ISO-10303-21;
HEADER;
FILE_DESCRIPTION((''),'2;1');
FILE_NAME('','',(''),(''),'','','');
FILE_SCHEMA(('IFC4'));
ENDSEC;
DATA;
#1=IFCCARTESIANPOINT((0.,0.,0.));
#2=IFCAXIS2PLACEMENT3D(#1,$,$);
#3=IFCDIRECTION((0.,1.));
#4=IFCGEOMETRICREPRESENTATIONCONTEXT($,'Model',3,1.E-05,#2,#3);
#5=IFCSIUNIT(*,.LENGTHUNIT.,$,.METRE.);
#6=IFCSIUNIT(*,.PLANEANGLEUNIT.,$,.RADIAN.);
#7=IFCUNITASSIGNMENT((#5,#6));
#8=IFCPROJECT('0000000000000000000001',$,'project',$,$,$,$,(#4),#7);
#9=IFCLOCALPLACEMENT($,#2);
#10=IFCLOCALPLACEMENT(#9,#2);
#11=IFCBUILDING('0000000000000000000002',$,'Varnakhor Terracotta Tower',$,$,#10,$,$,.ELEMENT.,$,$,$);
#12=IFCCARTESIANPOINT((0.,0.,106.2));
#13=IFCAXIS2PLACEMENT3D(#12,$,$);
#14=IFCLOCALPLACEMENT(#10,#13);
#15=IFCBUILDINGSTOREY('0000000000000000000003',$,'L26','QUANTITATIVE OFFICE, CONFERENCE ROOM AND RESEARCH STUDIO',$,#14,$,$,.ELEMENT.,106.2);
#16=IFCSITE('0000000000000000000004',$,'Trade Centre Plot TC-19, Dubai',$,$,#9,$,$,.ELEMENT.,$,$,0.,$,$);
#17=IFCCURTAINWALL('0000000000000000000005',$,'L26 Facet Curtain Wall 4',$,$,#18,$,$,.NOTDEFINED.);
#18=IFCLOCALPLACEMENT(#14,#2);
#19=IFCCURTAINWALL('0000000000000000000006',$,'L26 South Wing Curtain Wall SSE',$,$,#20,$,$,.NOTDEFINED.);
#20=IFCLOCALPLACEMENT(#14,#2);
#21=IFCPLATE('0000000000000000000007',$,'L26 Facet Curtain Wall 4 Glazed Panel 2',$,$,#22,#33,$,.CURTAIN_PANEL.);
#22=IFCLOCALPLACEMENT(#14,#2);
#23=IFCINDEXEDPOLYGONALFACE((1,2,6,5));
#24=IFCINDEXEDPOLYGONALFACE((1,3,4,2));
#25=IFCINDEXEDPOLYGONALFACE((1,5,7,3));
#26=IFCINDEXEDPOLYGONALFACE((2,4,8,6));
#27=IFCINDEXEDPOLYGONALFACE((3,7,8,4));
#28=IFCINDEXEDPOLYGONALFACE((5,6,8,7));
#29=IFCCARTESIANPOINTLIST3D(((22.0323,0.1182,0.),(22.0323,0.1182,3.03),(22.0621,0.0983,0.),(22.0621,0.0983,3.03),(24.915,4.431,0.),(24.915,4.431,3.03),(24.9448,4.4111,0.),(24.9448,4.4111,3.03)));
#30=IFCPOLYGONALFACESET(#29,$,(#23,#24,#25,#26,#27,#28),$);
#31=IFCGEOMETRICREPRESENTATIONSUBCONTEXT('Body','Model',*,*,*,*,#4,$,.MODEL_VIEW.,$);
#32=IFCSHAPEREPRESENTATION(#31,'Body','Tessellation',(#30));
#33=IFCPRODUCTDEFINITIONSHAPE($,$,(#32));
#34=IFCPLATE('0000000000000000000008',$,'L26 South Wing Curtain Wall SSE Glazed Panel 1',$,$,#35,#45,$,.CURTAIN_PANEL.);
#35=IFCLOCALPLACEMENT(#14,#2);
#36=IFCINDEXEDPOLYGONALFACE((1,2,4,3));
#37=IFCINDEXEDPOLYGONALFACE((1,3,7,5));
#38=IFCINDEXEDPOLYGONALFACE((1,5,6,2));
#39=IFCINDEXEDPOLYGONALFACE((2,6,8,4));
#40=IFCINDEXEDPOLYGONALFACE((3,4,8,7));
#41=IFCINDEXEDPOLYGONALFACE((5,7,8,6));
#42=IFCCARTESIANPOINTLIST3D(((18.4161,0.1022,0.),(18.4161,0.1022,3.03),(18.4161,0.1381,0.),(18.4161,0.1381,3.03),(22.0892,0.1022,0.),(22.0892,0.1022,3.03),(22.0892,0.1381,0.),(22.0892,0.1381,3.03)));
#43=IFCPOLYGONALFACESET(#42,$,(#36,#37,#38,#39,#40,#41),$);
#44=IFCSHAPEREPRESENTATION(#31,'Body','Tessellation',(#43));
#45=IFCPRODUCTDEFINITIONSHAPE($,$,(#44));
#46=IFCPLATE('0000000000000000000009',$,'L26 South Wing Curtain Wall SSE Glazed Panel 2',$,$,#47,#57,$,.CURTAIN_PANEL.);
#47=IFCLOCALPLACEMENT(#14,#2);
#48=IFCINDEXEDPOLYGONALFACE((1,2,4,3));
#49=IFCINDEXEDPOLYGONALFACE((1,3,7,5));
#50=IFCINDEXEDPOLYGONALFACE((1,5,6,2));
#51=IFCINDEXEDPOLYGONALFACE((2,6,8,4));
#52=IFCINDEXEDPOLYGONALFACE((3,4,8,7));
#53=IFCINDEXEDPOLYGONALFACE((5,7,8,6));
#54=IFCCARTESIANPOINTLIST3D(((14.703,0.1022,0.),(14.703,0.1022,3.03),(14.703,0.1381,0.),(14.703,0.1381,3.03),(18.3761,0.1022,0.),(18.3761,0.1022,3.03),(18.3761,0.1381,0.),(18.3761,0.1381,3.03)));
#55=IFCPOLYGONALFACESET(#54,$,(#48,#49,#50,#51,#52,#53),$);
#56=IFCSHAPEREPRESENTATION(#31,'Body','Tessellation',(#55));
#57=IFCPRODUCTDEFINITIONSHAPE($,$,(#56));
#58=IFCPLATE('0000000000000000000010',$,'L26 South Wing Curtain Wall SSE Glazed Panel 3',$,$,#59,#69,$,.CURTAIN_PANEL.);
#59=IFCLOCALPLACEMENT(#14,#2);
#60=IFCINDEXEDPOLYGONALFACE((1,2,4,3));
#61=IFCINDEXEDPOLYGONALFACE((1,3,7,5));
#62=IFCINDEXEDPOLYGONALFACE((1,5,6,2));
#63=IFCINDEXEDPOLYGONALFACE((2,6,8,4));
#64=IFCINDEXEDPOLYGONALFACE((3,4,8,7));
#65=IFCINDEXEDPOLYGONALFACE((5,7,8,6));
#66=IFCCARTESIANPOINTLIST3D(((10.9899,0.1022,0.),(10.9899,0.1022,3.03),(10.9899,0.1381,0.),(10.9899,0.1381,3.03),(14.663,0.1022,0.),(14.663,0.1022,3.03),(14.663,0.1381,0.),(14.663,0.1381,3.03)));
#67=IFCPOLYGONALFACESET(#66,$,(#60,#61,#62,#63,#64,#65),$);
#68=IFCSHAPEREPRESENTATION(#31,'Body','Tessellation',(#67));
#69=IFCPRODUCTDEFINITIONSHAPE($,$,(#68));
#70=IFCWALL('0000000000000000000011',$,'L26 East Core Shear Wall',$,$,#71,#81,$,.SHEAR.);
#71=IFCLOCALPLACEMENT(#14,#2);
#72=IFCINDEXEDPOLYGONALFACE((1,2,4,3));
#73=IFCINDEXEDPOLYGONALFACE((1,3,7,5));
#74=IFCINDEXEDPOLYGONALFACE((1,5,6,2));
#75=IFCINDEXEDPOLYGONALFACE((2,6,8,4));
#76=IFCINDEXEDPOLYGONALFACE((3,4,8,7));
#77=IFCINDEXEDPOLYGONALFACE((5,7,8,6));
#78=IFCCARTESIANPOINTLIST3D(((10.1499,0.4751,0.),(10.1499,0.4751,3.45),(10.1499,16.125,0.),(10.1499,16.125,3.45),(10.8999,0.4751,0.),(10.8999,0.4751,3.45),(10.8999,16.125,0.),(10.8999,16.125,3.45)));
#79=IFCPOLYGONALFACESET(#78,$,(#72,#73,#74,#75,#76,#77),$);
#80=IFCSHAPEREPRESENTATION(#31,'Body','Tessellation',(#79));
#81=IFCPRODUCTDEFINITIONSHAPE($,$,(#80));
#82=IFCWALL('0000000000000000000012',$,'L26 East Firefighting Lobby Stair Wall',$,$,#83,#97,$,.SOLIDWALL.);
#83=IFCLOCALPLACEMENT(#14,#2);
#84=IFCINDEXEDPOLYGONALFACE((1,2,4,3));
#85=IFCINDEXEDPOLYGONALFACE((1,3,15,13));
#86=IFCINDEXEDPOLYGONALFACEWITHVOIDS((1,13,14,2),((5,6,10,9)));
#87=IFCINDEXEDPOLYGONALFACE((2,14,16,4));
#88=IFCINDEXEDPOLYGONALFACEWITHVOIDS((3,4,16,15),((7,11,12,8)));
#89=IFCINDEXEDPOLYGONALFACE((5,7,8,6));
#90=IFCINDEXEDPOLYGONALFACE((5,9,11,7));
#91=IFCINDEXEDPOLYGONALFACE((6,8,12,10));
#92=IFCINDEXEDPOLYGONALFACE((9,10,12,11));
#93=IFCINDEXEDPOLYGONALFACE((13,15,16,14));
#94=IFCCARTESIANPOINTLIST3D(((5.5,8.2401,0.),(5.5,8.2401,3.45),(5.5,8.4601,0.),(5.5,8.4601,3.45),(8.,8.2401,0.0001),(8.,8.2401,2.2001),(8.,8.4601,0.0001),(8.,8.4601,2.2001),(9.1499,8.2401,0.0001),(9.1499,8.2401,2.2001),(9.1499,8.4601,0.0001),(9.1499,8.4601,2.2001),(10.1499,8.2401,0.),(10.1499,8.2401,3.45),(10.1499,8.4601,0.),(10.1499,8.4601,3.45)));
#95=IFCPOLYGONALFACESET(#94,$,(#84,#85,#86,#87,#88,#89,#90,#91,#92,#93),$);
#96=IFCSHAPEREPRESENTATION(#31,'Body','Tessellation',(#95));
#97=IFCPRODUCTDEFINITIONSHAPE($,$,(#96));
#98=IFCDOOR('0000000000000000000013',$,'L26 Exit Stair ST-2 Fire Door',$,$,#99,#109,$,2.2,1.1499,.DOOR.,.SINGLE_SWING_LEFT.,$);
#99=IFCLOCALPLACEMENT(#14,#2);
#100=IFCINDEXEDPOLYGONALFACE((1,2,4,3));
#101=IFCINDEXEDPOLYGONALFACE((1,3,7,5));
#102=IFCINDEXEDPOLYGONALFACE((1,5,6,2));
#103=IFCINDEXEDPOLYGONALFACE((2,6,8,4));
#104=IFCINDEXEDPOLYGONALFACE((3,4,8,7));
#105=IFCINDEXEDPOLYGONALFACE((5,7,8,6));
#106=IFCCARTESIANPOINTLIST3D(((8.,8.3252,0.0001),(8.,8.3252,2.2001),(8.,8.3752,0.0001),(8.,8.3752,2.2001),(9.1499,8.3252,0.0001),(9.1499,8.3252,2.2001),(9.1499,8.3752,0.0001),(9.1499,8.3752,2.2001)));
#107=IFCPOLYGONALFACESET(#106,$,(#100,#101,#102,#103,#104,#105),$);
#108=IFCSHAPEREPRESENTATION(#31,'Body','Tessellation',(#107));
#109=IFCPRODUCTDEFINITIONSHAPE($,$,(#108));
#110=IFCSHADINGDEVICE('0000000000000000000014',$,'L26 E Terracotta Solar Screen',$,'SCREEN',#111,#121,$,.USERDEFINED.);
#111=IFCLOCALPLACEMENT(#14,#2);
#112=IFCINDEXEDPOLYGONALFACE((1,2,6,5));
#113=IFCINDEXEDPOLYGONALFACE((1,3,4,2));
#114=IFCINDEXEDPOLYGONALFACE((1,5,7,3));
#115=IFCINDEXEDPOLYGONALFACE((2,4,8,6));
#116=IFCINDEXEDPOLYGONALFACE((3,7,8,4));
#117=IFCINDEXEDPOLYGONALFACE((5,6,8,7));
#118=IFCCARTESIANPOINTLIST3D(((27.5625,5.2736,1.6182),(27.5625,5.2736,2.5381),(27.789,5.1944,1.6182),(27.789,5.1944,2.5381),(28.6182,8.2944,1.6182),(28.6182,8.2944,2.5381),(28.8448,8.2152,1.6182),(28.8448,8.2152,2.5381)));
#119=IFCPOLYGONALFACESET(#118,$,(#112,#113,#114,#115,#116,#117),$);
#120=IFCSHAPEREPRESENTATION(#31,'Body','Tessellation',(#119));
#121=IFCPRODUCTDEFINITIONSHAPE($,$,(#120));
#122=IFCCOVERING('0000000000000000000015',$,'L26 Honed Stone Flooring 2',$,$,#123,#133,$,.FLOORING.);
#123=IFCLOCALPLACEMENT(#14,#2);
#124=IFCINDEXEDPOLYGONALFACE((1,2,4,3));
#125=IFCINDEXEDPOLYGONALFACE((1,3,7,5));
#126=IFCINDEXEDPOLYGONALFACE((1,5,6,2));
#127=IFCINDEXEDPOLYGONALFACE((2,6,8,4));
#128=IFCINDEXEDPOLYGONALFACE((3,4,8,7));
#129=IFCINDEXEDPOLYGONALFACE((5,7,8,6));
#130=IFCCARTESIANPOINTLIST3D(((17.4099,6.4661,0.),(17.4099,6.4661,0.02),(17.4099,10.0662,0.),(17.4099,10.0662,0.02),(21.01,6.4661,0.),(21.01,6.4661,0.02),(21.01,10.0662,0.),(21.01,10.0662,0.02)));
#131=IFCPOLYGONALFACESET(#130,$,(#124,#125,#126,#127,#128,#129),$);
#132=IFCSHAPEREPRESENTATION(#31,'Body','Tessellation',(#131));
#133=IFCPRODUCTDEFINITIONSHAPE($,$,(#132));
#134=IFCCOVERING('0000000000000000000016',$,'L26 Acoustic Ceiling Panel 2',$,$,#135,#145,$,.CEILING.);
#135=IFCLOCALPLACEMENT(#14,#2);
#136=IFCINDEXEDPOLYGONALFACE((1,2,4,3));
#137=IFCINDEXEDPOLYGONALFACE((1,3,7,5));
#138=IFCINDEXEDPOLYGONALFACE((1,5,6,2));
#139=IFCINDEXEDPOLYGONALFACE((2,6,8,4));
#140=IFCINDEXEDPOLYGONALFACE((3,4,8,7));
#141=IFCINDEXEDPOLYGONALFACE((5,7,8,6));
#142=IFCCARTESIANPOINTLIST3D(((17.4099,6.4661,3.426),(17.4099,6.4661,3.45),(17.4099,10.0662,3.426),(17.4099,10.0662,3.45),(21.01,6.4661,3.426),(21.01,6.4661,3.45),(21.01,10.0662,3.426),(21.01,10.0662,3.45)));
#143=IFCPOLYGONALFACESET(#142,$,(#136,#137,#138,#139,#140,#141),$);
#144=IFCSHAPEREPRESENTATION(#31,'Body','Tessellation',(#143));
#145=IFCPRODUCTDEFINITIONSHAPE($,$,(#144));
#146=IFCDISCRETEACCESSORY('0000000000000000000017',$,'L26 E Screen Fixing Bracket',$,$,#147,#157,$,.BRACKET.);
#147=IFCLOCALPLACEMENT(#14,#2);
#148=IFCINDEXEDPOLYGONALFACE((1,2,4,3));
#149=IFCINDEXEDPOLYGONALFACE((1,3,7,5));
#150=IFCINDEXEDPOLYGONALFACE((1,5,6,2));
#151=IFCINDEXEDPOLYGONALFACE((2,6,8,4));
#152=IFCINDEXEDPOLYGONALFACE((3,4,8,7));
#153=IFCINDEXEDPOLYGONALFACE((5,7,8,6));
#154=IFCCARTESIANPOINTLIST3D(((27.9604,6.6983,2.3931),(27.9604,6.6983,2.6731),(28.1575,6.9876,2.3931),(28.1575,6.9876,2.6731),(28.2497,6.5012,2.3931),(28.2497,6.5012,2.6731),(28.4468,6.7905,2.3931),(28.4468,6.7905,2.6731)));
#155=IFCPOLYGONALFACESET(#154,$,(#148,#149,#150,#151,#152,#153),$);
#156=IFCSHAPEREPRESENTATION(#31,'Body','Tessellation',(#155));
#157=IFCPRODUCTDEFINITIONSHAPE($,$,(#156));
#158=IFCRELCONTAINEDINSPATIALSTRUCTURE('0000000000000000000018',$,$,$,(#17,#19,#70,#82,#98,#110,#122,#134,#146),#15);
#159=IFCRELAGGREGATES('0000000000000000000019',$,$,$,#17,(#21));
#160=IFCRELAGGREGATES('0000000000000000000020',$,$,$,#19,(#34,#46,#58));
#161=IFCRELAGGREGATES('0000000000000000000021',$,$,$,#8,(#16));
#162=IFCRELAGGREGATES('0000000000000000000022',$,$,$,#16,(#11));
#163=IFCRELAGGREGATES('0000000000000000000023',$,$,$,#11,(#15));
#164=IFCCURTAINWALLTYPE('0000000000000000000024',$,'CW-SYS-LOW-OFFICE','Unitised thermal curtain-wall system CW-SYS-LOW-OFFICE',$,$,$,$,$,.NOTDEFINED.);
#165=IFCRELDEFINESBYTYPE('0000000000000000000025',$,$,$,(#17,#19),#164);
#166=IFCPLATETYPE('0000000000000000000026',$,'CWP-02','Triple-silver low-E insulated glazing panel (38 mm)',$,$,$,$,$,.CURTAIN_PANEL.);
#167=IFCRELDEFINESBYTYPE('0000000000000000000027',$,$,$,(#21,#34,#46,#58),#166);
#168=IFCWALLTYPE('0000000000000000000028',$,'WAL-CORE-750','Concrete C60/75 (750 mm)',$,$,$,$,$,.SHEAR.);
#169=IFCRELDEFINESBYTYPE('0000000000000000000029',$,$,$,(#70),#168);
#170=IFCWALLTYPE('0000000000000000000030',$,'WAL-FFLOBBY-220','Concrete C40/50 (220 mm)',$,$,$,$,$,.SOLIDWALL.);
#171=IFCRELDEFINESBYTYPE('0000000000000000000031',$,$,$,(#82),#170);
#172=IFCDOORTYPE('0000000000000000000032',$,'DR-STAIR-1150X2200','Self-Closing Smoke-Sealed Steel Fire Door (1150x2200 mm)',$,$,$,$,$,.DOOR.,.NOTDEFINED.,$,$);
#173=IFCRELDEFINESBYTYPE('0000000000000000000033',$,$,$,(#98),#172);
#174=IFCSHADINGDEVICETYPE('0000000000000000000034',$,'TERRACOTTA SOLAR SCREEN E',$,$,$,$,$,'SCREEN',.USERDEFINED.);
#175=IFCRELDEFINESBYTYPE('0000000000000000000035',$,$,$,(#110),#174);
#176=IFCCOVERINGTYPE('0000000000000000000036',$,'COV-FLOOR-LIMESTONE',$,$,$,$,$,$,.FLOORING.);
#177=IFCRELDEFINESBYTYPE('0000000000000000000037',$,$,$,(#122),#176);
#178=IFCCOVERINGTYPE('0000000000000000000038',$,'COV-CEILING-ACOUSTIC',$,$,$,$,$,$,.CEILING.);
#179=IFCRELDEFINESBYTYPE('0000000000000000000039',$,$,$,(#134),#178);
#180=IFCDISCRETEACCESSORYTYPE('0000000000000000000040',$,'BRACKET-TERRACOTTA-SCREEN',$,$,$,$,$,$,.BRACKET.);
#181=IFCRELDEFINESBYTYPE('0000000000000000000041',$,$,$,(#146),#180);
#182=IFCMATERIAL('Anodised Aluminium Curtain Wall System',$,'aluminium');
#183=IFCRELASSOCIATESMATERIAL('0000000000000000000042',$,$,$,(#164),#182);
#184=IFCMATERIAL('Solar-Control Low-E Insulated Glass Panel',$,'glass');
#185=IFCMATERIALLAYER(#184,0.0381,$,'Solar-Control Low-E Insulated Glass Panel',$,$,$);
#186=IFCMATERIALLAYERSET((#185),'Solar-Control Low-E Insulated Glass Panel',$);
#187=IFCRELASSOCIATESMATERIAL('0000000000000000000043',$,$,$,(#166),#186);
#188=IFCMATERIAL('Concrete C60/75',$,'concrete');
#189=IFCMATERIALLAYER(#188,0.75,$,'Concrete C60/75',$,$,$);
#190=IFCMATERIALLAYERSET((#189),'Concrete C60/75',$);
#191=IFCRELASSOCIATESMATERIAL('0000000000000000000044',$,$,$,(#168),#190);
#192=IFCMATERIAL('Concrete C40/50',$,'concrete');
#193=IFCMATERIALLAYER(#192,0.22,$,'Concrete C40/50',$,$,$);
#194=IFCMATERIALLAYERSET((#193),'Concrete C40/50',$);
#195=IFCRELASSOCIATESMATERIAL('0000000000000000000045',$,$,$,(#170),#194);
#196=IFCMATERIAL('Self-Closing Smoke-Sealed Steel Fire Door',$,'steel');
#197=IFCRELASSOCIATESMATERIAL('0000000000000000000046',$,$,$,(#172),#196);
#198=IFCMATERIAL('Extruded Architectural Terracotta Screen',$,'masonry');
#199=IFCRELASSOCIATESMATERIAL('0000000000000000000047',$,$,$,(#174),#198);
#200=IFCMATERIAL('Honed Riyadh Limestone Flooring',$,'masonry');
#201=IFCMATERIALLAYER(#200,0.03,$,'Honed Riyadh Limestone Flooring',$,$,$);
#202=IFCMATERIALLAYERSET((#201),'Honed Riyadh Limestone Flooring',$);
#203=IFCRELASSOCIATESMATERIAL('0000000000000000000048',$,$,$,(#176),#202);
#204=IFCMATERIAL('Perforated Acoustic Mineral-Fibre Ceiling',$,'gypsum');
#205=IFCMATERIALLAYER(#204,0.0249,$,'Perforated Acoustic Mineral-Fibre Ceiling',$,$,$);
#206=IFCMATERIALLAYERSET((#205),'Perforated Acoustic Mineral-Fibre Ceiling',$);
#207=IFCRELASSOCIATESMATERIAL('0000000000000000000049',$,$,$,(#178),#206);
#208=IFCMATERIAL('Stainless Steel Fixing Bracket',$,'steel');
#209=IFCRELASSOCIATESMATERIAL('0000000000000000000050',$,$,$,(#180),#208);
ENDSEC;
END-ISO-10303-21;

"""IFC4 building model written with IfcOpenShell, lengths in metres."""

from ifc_helpers import new_model, si_unit, direction, frame, frame_2d, origin, origin_2d, place, context, subcontext, project, spatial, rectangle, extrude, source, transform, mapped, material, layer, layer_set, type_object, type_shapes, element, fill, aggregate, save


model = new_model("IFC4")

# Units and contexts
model_context = context("Model", 3, precision=1e-05, world=origin(), true_north=direction((0.0, 1.0)))
body_context = subcontext(model_context, "Body", "Model", "MODEL_VIEW")
ifc_project = project(units=[si_unit("LENGTHUNIT", "METRE"), si_unit("PLANEANGLEUNIT", "RADIAN")], contexts=[model_context])

# Site, building, storey
site_placement = place(None, origin())
site = spatial("IfcSite", under=ifc_project, at=site_placement, Name="Trade Centre Plot TC-19, Dubai", CompositionType="ELEMENT", RefElevation=0.0)
building_placement = place(site_placement, origin())
building = spatial("IfcBuilding", under=site, at=building_placement, Name="Varnakhor Terracotta Tower", CompositionType="ELEMENT")
storey_placement = place(building_placement, frame((0.0, 0.0, 106.2)))
storey = spatial("IfcBuildingStorey", under=building, at=storey_placement, Name="L26", Description="QUANTITATIVE OFFICE, CONFERENCE ROOM AND RESEARCH STUDIO", CompositionType="ELEMENT", Elevation=106.2)

# Curtain walls
ifc_material_1 = material(Name="Anodised Aluminium Curtain Wall System", Category="aluminium")
curtain_wall_type = type_object("IfcCurtainWallType", Name="CW-SYS-LOW-OFFICE", Description="Unitised thermal curtain-wall system CW-SYS-LOW-OFFICE", PredefinedType="NOTDEFINED", material=ifc_material_1)
curtain_wall_1_placement = place(storey_placement, origin())
curtain_wall_1 = element("IfcCurtainWall", 1, at=curtain_wall_1_placement, inside=storey, type_object=curtain_wall_type, Name="L26 Facet Curtain Wall 4", PredefinedType="NOTDEFINED")
curtain_wall_2_placement = place(storey_placement, origin())
curtain_wall_2 = element("IfcCurtainWall", 2, at=curtain_wall_2_placement, inside=storey, type_object=curtain_wall_type, Name="L26 South Wing Curtain Wall SSE", PredefinedType="NOTDEFINED")

# Shared definitions
ifc_material_2 = material(Name="Solar-Control Low-E Insulated Glass Panel", Category="glass")
ifc_layer_1 = layer(ifc_material_2, 0.0381, Name="Solar-Control Low-E Insulated Glass Panel")
ifc_layer_set_1 = layer_set([ifc_layer_1], Name="Solar-Control Low-E Insulated Glass Panel")
plate_type_1 = type_object("IfcPlateType", Name="CWP-02", Description="Triple-silver low-E insulated glazing panel (38 mm)", PredefinedType="CURTAIN_PANEL", material=ifc_layer_set_1)

# Plates
shared_shape_1 = source(origin(), body_context, "Body", "SweptSolid", [
    extrude(rectangle(XDim=5.1875, YDim=0.0359, at=origin_2d()), origin(), (0.0, 0.0, 1.0), 3.03),
])
plate_1_placement = place(storey_placement, frame((23.4885, 2.2646, 0.0), z_axis=(0.0, 0.0, 1.0), x_axis=(-0.555701, -0.831382, 0.0)))
plate_1 = element("IfcPlate", 3, at=plate_1_placement, type_object=plate_type_1, Name="L26 Facet Curtain Wall 4 Glazed Panel 2", PredefinedType="CURTAIN_PANEL", context=body_context, shape_type="MappedRepresentation", body=[
    mapped(shared_shape_1, transform((0.0, 0.0, 0.0), scale=1.0)),
])
aggregate(curtain_wall_1, [plate_1])
shared_shape_2 = source(origin(), body_context, "Body", "SweptSolid", [
    extrude(rectangle(XDim=3.6731, YDim=0.0359, at=origin_2d()), origin(), (0.0, 0.0, 1.0), 3.03),
])
plate_2_placement = place(storey_placement, frame((20.2527, 0.1201, 0.0), z_axis=(0.0, 0.0, 1.0), x_axis=(-1.0, 0.0, 0.0)))
plate_2 = element("IfcPlate", 4, at=plate_2_placement, type_object=plate_type_1, Name="L26 South Wing Curtain Wall SSE Glazed Panel 1", PredefinedType="CURTAIN_PANEL", context=body_context, shape_type="MappedRepresentation", body=[
    mapped(shared_shape_2, transform((0.0, 0.0, 0.0), scale=1.0)),
])
plate_3_placement = place(storey_placement, frame((16.5396, 0.1201, 0.0), z_axis=(0.0, 0.0, 1.0), x_axis=(-1.0, 0.0, 0.0)))
plate_3 = element("IfcPlate", 5, at=plate_3_placement, type_object=plate_type_1, Name="L26 South Wing Curtain Wall SSE Glazed Panel 2", PredefinedType="CURTAIN_PANEL", context=body_context, shape_type="MappedRepresentation", body=[
    mapped(shared_shape_2, transform((0.0, 0.0, 0.0), scale=1.0)),
])
plate_4_placement = place(storey_placement, frame((12.8264, 0.1201, 0.0), z_axis=(0.0, 0.0, 1.0), x_axis=(-1.0, 0.0, 0.0)))
plate_4 = element("IfcPlate", 6, at=plate_4_placement, type_object=plate_type_1, Name="L26 South Wing Curtain Wall SSE Glazed Panel 3", PredefinedType="CURTAIN_PANEL", context=body_context, shape_type="MappedRepresentation", body=[
    mapped(shared_shape_2, transform((0.0, 0.0, 0.0), scale=1.0)),
])
aggregate(curtain_wall_2, [plate_2, plate_3, plate_4])

# Wall
ifc_material_3 = material(Name="Concrete C60/75", Category="concrete")
ifc_layer_2 = layer(ifc_material_3, 0.75, Name="Concrete C60/75")
ifc_layer_set_2 = layer_set([ifc_layer_2], Name="Concrete C60/75")
wall_type_1 = type_object("IfcWallType", Name="WAL-CORE-750", Description="Concrete C60/75 (750 mm)", PredefinedType="SHEAR", material=ifc_layer_set_2)
wall_1_placement = place(storey_placement, frame((10.5249, 0.4751, 0.0), z_axis=(0.0, 0.0, 1.0), x_axis=(0.0, 1.0, 0.0)))
element("IfcWall", 7, at=wall_1_placement, inside=storey, type_object=wall_type_1, Name="L26 East Core Shear Wall", PredefinedType="SHEAR", context=body_context, shape_type="SweptSolid", body=[
    extrude(rectangle(XDim=15.6499, YDim=0.75, at=frame_2d((7.825, 0.0))), origin(), (0.0, 0.0, 1.0), 3.45),
])

# Wall, opening, door
ifc_material_4 = material(Name="Concrete C40/50", Category="concrete")
ifc_layer_3 = layer(ifc_material_4, 0.22, Name="Concrete C40/50")
ifc_layer_set_3 = layer_set([ifc_layer_3], Name="Concrete C40/50")
wall_type_2 = type_object("IfcWallType", Name="WAL-FFLOBBY-220", Description="Concrete C40/50 (220 mm)", PredefinedType="SOLIDWALL", material=ifc_layer_set_3)
wall_2_placement = place(storey_placement, frame((10.1499, 8.3501, 0.0), z_axis=(0.0, 0.0, 1.0), x_axis=(-1.0, 0.0, 0.0)))
wall_2 = element("IfcWall", 8, at=wall_2_placement, inside=storey, type_object=wall_type_2, Name="L26 East Firefighting Lobby Stair Wall", PredefinedType="SOLIDWALL", context=body_context, shape_type="SweptSolid", body=[
    extrude(rectangle(XDim=4.6499, YDim=0.22, at=frame_2d((2.325, 0.0))), origin(), (0.0, 0.0, 1.0), 3.45),
])
opening_placement = place(wall_2_placement, frame((1.0, 0.0, 0.0)))
opening = element("IfcOpeningElement", 9, at=opening_placement, cuts=wall_2, PredefinedType="OPENING", context=body_context, shape_type="SweptSolid", body=[
    extrude(rectangle(XDim=1.1499, YDim=2.2, at=frame_2d((0.575, 1.1001))), frame((0.0, 0.1201, 0.0), z_axis=(0.0, -1.0, 0.0), x_axis=(1.0, 0.0, 0.0)), (0.0, 0.0, 1.0), 0.24),
])
ifc_material_5 = material(Name="Self-Closing Smoke-Sealed Steel Fire Door", Category="steel")
door_type = type_object("IfcDoorType", Name="DR-STAIR-1150X2200", Description="Self-Closing Smoke-Sealed Steel Fire Door (1150x2200 mm)", OperationType="NOTDEFINED", PredefinedType="DOOR", material=ifc_material_5)
shared_shape_3 = source(origin(), body_context, "Body", "SweptSolid", [
    extrude(rectangle(XDim=1.1499, YDim=2.2, at=frame_2d((0.575, 1.1001))), frame((0.0, 0.0249, 0.0), z_axis=(0.0, -1.0, 0.0), x_axis=(1.0, 0.0, 0.0)), (0.0, 0.0, 1.0), 0.05),
])
type_shapes(door_type, [shared_shape_3])
door_placement = place(opening_placement, origin())
door = element("IfcDoor", 10, at=door_placement, inside=storey, type_object=door_type, Name="L26 Exit Stair ST-2 Fire Door", OperationType="SINGLE_SWING_LEFT", OverallHeight=2.2, OverallWidth=1.1499, PredefinedType="DOOR", context=body_context, shape_type="MappedRepresentation", body=[
    mapped(shared_shape_3, transform((0.0, 0.0, 0.0), scale=1.0)),
])
fill(opening, door)

# Shading device
ifc_material_6 = material(Name="Extruded Architectural Terracotta Screen", Category="masonry")
shading_device_type = type_object("IfcShadingDeviceType", Name="TERRACOTTA SOLAR SCREEN E", ElementType="SCREEN", PredefinedType="USERDEFINED", material=ifc_material_6)
shared_shape_4 = source(origin(), body_context, "Body", "SweptSolid", [
    extrude(rectangle(XDim=3.2, YDim=0.24, at=origin_2d()), origin(), (0.0, 0.0, 1.0), 0.9199),
])
type_shapes(shading_device_type, [shared_shape_4])
shading_device_placement = place(storey_placement, frame((28.2036, 6.7444, 1.6182), z_axis=(0.0, 0.0, 1.0), x_axis=(0.329921, 0.944008, 0.0)))
element("IfcShadingDevice", 11, at=shading_device_placement, inside=storey, type_object=shading_device_type, Name="L26 E Terracotta Solar Screen", ObjectType="SCREEN", PredefinedType="USERDEFINED", context=body_context, shape_type="MappedRepresentation", body=[
    mapped(shared_shape_4, transform((0.0, 0.0, 0.0), scale=1.0)),
])

# Coverings
ifc_material_7 = material(Name="Honed Riyadh Limestone Flooring", Category="masonry")
ifc_layer_4 = layer(ifc_material_7, 0.03, Name="Honed Riyadh Limestone Flooring")
ifc_layer_set_4 = layer_set([ifc_layer_4], Name="Honed Riyadh Limestone Flooring")
covering_type_1 = type_object("IfcCoveringType", Name="COV-FLOOR-LIMESTONE", PredefinedType="FLOORING", material=ifc_layer_set_4)
shared_shape_5 = source(origin(), body_context, "Body", "SweptSolid", [
    extrude(rectangle(XDim=3.6001, YDim=3.6001, at=origin_2d()), origin(), (0.0, 0.0, 1.0), 0.02),
])
covering_1_placement = place(storey_placement, frame((19.21, 8.2661, 0.0), z_axis=(0.0, 0.0, 1.0), x_axis=(1.0, 0.0, 0.0)))
element("IfcCovering", 12, at=covering_1_placement, inside=storey, type_object=covering_type_1, Name="L26 Honed Stone Flooring 2", PredefinedType="FLOORING", context=body_context, shape_type="MappedRepresentation", body=[
    mapped(shared_shape_5, transform((0.0, 0.0, 0.0), scale=1.0)),
])
ifc_material_8 = material(Name="Perforated Acoustic Mineral-Fibre Ceiling", Category="gypsum")
ifc_layer_5 = layer(ifc_material_8, 0.0249, Name="Perforated Acoustic Mineral-Fibre Ceiling")
ifc_layer_set_5 = layer_set([ifc_layer_5], Name="Perforated Acoustic Mineral-Fibre Ceiling")
covering_type_2 = type_object("IfcCoveringType", Name="COV-CEILING-ACOUSTIC", PredefinedType="CEILING", material=ifc_layer_set_5)
shared_shape_6 = source(origin(), body_context, "Body", "SweptSolid", [
    extrude(rectangle(XDim=3.6001, YDim=3.6001, at=origin_2d()), origin(), (0.0, 0.0, 1.0), 0.0239),
])
covering_2_placement = place(storey_placement, frame((19.21, 8.2661, 3.426), z_axis=(0.0, 0.0, 1.0), x_axis=(1.0, 0.0, 0.0)))
element("IfcCovering", 13, at=covering_2_placement, inside=storey, type_object=covering_type_2, Name="L26 Acoustic Ceiling Panel 2", PredefinedType="CEILING", context=body_context, shape_type="MappedRepresentation", body=[
    mapped(shared_shape_6, transform((0.0, 0.0, 0.0), scale=1.0)),
])

# Discrete accessory
ifc_material_9 = material(Name="Stainless Steel Fixing Bracket", Category="steel")
discrete_accessory_type = type_object("IfcDiscreteAccessoryType", Name="BRACKET-TERRACOTTA-SCREEN", PredefinedType="BRACKET", material=ifc_material_9)
shared_shape_7 = source(origin(), body_context, "Body", "SweptSolid", [
    extrude(rectangle(XDim=0.3501, YDim=0.3501, at=origin_2d()), origin(), (0.0, 0.0, 1.0), 0.28),
])
type_shapes(discrete_accessory_type, [shared_shape_7])
discrete_accessory_placement = place(storey_placement, frame((28.2036, 6.7444, 2.3931), z_axis=(0.0, 0.0, 1.0), x_axis=(0.563007, 0.826452, 0.0)))
element("IfcDiscreteAccessory", 14, at=discrete_accessory_placement, inside=storey, type_object=discrete_accessory_type, Name="L26 E Screen Fixing Bracket", PredefinedType="BRACKET", context=body_context, shape_type="MappedRepresentation", body=[
    mapped(shared_shape_7, transform((0.0, 0.0, 0.0), scale=1.0)),
])

save(model, "model.ifc")
